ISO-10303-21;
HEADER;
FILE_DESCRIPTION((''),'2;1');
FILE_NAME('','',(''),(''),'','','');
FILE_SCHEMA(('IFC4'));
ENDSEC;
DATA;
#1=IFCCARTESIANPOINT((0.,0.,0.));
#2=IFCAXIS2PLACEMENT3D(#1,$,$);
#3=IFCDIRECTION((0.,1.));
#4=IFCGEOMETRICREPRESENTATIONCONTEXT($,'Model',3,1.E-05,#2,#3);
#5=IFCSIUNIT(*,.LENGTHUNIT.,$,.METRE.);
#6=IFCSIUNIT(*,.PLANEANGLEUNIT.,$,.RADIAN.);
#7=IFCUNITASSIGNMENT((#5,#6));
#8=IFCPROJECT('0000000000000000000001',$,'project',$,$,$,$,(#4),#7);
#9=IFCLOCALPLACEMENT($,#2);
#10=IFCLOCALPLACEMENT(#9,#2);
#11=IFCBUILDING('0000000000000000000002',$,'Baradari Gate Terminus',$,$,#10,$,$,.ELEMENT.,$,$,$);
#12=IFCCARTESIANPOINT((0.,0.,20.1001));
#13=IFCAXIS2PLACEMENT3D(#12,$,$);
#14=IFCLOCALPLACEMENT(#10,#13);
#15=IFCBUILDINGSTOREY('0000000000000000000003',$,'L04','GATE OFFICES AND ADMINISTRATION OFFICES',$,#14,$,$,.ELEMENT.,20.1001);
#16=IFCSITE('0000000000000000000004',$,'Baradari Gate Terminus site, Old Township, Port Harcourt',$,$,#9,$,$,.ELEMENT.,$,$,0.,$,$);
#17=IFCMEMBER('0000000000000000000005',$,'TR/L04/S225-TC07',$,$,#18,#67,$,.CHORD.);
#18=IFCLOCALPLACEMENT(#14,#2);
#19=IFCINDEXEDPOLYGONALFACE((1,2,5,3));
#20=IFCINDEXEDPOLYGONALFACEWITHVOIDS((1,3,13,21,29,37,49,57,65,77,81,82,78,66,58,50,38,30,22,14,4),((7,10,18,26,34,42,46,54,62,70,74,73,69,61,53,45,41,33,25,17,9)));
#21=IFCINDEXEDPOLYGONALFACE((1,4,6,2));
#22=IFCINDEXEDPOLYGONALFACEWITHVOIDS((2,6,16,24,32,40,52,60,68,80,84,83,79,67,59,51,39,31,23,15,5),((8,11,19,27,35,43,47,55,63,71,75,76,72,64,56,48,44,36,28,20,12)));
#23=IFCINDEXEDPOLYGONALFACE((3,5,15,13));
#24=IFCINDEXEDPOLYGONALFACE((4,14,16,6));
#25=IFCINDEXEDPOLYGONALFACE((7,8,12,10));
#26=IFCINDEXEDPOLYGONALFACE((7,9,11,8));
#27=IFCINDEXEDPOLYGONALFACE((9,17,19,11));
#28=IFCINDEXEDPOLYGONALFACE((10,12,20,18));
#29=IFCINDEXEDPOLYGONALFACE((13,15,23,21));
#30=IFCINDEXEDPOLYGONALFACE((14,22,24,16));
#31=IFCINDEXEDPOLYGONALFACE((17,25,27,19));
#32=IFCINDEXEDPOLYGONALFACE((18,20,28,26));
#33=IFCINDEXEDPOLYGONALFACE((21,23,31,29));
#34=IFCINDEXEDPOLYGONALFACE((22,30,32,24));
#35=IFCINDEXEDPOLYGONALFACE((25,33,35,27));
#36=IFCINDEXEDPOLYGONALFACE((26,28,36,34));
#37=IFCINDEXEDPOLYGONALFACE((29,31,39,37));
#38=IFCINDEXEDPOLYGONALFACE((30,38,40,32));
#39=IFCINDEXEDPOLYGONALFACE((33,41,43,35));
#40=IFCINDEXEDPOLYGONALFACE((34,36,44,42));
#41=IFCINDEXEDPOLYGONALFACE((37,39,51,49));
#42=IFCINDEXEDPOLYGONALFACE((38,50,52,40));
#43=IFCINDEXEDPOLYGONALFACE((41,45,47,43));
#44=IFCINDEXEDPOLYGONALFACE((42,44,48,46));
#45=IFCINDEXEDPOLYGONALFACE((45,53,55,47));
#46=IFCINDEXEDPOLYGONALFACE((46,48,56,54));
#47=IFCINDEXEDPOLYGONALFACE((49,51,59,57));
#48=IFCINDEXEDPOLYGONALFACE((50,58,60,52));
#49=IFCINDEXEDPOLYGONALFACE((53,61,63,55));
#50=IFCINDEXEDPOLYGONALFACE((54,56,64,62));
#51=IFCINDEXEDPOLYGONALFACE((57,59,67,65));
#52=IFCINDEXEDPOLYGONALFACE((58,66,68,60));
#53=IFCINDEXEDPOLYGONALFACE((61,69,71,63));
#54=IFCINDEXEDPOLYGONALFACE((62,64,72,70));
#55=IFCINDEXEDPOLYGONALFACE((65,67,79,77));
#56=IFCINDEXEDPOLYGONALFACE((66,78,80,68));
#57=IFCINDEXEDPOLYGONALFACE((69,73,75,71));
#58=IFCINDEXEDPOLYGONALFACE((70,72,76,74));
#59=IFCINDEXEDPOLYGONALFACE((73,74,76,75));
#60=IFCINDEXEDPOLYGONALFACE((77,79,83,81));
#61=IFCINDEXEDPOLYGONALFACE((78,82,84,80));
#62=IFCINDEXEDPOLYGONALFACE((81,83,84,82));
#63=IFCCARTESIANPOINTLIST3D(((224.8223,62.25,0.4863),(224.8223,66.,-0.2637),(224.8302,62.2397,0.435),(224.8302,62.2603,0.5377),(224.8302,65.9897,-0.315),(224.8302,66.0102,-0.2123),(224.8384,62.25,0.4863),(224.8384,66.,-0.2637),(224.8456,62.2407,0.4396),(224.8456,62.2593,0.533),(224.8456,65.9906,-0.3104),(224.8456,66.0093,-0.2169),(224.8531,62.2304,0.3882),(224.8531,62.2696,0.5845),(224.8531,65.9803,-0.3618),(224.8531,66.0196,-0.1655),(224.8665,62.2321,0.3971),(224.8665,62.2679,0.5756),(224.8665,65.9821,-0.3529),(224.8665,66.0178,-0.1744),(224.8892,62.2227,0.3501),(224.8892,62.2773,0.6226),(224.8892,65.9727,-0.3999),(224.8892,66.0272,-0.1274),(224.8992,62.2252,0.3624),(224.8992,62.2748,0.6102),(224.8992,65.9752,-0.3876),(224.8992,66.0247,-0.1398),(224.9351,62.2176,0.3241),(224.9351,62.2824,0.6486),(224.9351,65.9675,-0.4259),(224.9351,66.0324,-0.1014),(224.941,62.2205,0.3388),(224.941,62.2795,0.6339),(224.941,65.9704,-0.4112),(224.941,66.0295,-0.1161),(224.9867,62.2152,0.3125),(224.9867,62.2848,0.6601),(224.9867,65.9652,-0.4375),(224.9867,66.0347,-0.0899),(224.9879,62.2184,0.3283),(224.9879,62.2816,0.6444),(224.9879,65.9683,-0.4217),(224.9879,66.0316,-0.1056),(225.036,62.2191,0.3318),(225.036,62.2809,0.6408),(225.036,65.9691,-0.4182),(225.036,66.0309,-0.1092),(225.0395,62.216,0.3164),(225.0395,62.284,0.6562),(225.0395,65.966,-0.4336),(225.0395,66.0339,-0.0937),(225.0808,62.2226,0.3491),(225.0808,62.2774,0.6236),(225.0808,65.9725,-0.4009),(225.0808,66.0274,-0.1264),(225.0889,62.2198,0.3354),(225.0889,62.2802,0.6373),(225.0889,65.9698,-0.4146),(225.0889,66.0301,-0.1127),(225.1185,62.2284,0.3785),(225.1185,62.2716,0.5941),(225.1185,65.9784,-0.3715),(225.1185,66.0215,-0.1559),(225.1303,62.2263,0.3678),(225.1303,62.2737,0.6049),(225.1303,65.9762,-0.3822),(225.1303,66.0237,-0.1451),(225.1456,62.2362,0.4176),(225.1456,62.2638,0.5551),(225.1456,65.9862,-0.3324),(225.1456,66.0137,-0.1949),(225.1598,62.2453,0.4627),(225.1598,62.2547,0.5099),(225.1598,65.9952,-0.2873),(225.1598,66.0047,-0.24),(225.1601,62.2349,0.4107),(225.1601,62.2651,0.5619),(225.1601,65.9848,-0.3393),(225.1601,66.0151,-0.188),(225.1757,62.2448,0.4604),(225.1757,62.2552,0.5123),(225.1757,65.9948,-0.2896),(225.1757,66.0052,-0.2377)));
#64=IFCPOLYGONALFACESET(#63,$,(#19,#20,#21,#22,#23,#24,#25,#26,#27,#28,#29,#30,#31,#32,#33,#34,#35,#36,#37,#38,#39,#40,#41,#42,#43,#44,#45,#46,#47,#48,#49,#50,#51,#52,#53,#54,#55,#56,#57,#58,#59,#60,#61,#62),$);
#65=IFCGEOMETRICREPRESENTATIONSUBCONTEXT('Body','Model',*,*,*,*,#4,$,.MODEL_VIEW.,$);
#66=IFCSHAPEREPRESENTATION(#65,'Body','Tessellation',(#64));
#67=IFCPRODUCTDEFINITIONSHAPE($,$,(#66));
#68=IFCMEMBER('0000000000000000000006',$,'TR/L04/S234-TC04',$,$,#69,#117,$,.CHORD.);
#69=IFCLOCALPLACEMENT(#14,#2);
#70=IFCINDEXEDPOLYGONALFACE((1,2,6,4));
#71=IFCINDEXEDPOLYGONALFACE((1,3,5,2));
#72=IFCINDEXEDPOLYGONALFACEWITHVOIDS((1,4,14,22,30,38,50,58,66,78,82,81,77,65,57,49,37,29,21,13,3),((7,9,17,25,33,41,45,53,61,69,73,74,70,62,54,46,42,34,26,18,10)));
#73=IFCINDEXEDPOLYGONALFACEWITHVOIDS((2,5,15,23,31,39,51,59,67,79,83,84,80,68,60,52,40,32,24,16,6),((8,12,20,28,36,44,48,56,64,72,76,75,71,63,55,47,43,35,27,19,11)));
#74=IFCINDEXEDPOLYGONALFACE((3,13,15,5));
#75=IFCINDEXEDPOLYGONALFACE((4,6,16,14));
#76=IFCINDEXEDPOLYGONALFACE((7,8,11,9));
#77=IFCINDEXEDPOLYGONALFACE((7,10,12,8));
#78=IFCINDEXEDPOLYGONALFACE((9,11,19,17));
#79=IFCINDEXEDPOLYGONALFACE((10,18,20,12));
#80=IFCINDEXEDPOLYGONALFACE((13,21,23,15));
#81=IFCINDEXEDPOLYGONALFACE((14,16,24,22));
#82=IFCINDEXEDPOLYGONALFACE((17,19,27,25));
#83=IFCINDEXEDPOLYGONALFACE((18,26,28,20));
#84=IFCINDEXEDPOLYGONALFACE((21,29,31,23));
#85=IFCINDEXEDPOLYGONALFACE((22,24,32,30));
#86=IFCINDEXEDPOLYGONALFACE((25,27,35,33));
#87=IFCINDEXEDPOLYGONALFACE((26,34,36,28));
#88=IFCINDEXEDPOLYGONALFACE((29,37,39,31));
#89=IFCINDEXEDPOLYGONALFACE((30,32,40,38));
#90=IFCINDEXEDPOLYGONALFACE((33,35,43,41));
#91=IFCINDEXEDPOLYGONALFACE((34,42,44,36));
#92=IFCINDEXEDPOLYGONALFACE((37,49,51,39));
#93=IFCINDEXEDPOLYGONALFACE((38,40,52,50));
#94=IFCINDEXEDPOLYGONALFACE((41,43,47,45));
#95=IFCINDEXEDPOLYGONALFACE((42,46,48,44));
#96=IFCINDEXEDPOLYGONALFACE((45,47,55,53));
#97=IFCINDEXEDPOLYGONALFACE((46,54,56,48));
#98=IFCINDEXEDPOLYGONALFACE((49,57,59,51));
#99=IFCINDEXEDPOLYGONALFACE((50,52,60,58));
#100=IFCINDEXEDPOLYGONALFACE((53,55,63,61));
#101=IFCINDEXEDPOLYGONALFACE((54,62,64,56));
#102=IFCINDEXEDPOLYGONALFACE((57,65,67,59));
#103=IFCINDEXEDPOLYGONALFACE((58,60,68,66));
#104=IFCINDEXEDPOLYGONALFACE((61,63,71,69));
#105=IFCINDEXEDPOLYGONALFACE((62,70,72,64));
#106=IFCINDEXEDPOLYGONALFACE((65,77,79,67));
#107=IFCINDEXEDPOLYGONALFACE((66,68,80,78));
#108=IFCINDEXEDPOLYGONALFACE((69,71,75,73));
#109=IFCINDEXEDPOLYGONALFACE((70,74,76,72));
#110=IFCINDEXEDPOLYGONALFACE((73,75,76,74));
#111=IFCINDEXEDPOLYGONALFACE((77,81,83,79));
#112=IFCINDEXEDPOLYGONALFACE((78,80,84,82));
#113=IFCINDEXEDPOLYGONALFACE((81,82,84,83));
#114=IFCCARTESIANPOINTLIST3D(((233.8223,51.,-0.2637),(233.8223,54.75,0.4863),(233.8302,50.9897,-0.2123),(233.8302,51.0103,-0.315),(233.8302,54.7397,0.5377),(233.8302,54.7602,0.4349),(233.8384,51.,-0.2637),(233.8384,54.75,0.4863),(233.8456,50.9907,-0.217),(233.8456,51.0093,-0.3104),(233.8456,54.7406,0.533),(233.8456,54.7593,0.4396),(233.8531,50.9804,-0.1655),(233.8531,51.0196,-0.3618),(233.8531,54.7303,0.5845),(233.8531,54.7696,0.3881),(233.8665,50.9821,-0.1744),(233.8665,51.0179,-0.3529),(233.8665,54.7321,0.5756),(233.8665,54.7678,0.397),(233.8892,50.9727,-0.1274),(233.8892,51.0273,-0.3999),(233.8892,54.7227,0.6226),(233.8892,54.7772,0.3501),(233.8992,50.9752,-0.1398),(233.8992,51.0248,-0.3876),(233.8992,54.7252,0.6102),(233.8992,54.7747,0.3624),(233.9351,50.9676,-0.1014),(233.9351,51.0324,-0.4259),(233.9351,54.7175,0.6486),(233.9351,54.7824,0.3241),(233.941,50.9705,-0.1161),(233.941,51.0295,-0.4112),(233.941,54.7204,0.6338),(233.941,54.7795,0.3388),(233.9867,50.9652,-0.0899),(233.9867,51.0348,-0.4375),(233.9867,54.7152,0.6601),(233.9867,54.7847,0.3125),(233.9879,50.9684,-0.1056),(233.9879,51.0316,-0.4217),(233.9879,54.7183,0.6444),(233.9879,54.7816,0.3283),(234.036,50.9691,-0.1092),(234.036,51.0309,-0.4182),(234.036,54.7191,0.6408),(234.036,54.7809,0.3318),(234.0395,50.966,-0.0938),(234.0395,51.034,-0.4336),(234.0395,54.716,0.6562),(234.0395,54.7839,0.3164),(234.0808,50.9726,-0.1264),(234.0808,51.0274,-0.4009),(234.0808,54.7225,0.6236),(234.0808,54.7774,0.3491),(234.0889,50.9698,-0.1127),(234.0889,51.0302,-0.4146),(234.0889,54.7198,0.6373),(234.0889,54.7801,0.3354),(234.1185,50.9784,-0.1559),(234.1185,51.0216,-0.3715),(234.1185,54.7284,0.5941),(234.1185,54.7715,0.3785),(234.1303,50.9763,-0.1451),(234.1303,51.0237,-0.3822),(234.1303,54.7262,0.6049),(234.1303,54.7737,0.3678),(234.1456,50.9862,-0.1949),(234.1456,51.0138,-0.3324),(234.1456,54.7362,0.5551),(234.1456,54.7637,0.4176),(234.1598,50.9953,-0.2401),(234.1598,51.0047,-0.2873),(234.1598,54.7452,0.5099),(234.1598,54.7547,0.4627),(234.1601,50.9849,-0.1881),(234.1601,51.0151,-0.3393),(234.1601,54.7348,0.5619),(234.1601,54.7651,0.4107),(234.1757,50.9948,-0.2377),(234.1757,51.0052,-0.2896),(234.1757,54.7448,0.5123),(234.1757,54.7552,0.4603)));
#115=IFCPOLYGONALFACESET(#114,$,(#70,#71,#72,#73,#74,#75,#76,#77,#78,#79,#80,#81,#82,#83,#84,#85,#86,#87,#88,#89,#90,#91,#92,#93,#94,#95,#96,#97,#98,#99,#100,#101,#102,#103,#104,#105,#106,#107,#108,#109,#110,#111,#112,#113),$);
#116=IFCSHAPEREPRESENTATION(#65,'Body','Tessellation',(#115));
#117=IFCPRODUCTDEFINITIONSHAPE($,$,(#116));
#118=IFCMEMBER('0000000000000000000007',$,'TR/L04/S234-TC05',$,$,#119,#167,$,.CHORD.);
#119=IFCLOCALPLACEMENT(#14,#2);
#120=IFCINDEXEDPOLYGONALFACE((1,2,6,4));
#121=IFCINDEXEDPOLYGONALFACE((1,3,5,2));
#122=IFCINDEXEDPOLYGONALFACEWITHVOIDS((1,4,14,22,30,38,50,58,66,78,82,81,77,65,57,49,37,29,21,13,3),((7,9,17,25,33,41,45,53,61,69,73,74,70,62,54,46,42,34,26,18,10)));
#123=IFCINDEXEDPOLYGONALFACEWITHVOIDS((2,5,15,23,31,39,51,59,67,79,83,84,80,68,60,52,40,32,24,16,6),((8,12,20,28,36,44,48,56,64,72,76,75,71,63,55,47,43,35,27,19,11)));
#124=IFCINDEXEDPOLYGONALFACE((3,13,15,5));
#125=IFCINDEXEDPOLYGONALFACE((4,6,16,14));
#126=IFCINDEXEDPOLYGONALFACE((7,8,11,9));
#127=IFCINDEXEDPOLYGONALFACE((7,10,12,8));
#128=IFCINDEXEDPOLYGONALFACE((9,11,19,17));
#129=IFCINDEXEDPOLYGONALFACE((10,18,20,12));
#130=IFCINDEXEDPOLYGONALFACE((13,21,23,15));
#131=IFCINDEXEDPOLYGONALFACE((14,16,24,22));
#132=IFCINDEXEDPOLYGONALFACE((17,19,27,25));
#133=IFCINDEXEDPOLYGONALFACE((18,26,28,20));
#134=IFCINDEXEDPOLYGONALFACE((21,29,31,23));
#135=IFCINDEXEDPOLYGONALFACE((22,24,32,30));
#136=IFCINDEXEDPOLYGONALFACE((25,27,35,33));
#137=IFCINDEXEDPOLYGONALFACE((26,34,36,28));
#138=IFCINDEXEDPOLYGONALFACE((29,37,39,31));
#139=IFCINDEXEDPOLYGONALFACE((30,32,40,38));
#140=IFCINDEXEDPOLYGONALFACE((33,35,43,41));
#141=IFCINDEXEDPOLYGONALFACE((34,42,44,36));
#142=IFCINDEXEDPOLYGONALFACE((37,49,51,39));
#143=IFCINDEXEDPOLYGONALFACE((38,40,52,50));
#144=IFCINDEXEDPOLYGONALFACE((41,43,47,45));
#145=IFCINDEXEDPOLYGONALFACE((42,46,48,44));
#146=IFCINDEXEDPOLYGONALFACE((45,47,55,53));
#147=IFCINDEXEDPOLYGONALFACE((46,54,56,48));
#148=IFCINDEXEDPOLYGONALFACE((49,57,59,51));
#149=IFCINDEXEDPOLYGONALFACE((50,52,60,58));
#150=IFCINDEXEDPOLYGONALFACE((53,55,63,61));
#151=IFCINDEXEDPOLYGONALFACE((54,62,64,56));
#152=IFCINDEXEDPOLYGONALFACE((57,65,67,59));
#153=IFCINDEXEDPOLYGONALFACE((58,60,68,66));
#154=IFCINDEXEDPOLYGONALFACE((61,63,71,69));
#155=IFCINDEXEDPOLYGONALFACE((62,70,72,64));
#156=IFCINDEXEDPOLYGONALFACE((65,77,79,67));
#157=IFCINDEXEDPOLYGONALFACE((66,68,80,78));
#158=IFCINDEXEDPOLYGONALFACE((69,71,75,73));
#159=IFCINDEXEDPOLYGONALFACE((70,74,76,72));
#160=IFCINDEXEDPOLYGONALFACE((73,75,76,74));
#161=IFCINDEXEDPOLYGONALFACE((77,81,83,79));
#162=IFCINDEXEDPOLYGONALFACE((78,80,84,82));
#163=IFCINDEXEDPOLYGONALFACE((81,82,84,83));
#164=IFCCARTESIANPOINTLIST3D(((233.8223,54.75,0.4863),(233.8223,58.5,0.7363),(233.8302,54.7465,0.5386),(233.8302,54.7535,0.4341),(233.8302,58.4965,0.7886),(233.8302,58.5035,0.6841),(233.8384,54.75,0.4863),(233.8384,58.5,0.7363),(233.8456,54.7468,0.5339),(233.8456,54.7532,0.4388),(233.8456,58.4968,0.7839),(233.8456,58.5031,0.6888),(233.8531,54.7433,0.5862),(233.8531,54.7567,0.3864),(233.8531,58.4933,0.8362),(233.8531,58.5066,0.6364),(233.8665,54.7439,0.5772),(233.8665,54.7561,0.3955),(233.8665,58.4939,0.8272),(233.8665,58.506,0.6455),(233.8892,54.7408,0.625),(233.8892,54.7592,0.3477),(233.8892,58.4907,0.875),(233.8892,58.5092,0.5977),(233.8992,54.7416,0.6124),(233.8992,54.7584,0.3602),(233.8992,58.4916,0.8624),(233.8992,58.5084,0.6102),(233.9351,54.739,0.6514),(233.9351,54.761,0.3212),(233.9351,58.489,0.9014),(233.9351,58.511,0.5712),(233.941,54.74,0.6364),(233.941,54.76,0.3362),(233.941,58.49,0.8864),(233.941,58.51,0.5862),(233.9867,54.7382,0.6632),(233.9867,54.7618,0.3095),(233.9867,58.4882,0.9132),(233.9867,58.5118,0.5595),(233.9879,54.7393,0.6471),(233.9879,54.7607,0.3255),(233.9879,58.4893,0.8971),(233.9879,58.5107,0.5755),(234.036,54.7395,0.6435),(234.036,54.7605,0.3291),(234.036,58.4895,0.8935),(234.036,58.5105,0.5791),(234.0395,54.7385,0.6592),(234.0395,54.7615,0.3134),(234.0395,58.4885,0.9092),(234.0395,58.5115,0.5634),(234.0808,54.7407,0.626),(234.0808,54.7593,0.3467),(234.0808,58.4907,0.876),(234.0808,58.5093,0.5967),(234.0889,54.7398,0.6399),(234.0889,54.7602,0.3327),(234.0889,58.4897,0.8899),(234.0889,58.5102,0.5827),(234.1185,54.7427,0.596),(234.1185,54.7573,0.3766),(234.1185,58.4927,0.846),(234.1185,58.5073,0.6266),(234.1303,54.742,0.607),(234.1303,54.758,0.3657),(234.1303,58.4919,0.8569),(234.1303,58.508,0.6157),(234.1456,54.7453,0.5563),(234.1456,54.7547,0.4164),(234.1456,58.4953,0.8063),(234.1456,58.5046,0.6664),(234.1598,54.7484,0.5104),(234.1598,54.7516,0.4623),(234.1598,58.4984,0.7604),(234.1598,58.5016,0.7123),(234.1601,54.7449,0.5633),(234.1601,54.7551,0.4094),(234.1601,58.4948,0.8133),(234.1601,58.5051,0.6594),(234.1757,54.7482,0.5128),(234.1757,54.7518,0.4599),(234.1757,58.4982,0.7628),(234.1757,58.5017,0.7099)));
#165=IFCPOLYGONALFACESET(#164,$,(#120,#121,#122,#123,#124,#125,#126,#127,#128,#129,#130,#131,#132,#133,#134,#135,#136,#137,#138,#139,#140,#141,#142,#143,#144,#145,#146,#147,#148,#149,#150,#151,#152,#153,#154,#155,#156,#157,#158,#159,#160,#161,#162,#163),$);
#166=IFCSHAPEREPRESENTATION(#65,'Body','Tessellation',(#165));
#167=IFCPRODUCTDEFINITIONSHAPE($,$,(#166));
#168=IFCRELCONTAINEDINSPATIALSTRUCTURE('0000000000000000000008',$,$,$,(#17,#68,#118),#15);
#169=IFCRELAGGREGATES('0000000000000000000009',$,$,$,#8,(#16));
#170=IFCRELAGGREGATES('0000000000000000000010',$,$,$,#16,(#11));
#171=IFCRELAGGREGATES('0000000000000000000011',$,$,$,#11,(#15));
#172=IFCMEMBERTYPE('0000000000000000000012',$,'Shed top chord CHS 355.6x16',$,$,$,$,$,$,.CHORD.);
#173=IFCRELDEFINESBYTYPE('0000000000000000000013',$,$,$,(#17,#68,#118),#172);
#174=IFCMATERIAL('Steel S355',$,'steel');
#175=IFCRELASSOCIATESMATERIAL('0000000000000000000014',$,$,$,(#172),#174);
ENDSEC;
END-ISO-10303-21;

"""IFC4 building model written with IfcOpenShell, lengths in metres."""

from ifc_helpers import new_model, si_unit, direction, frame, origin, origin_2d, place, context, subcontext, project, spatial, hollow_circle, extrude, material, material_profile, profile_set, type_object, element, save


model = new_model("IFC4")

# Units and contexts
model_context = context("Model", 3, precision=1e-05, world=origin(), true_north=direction((0.0, 1.0)))
body_context = subcontext(model_context, "Body", "Model", "MODEL_VIEW")
ifc_project = project(units=[si_unit("LENGTHUNIT", "METRE"), si_unit("PLANEANGLEUNIT", "RADIAN")], contexts=[model_context])

# Site, building, storey
site_placement = place(None, origin())
site = spatial("IfcSite", under=ifc_project, at=site_placement, Name="Baradari Gate Terminus site, Old Township, Port Harcourt", CompositionType="ELEMENT", RefElevation=0.0)
building_placement = place(site_placement, origin())
building = spatial("IfcBuilding", under=site, at=building_placement, Name="Baradari Gate Terminus", CompositionType="ELEMENT")
storey_placement = place(building_placement, frame((0.0, 0.0, 20.1001)))
storey = spatial("IfcBuildingStorey", under=building, at=storey_placement, Name="L04", Description="GATE OFFICES AND ADMINISTRATION OFFICES", CompositionType="ELEMENT", Elevation=20.1001)

# Members
ifc_material_1 = material(Name="Steel S355", Category="steel")
ifc_material_profile_1 = material_profile(ifc_material_1, hollow_circle(Radius=0.1777, WallThickness=0.0161, at=origin_2d()), Name="CHS 355.6x16")
ifc_profile_set_1 = profile_set([ifc_material_profile_1], Name="Steel S355")
member_type_1 = type_object("IfcMemberType", Name="Shed top chord CHS 355.6x16", PredefinedType="CHORD", material=ifc_profile_set_1)
for number, where, z_axis, x_axis, name in (
    (1, (225.0, 62.25, 0.4863), (0.0, 0.980581, -0.196116), (-1.0, 0.0, 0.0), "TR/L04/S225-TC07"),
    (2, (234.0, 51.0, -0.2637), (0.0, 0.980581, 0.196116), (-1.0, 0.0, 0.0), "TR/L04/S234-TC04"),
):
    element("IfcMember", number, at=place(storey_placement, frame(where, z_axis=z_axis, x_axis=x_axis)), inside=storey, type_object=member_type_1, Name=name, PredefinedType="CHORD", context=body_context, shape_type="SweptSolid", body=[
        extrude(hollow_circle(Radius=0.1777, WallThickness=0.0161, at=origin_2d()), origin(), (0.0, 0.0, 1.0), 3.8242),
    ])
for number, where, z_axis, x_axis, name in (
    (3, (234.0, 54.75, 0.4863), (0.0, 0.997785, 0.066519), (-1.0, 0.0, 0.0), "TR/L04/S234-TC05"),
):
    element("IfcMember", number, at=place(storey_placement, frame(where, z_axis=z_axis, x_axis=x_axis)), inside=storey, type_object=member_type_1, Name=name, PredefinedType="CHORD", context=body_context, shape_type="SweptSolid", body=[
        extrude(hollow_circle(Radius=0.1777, WallThickness=0.0161, at=origin_2d()), origin(), (0.0, 0.0, 1.0), 3.7583),
    ])

save(model, "model.ifc")
